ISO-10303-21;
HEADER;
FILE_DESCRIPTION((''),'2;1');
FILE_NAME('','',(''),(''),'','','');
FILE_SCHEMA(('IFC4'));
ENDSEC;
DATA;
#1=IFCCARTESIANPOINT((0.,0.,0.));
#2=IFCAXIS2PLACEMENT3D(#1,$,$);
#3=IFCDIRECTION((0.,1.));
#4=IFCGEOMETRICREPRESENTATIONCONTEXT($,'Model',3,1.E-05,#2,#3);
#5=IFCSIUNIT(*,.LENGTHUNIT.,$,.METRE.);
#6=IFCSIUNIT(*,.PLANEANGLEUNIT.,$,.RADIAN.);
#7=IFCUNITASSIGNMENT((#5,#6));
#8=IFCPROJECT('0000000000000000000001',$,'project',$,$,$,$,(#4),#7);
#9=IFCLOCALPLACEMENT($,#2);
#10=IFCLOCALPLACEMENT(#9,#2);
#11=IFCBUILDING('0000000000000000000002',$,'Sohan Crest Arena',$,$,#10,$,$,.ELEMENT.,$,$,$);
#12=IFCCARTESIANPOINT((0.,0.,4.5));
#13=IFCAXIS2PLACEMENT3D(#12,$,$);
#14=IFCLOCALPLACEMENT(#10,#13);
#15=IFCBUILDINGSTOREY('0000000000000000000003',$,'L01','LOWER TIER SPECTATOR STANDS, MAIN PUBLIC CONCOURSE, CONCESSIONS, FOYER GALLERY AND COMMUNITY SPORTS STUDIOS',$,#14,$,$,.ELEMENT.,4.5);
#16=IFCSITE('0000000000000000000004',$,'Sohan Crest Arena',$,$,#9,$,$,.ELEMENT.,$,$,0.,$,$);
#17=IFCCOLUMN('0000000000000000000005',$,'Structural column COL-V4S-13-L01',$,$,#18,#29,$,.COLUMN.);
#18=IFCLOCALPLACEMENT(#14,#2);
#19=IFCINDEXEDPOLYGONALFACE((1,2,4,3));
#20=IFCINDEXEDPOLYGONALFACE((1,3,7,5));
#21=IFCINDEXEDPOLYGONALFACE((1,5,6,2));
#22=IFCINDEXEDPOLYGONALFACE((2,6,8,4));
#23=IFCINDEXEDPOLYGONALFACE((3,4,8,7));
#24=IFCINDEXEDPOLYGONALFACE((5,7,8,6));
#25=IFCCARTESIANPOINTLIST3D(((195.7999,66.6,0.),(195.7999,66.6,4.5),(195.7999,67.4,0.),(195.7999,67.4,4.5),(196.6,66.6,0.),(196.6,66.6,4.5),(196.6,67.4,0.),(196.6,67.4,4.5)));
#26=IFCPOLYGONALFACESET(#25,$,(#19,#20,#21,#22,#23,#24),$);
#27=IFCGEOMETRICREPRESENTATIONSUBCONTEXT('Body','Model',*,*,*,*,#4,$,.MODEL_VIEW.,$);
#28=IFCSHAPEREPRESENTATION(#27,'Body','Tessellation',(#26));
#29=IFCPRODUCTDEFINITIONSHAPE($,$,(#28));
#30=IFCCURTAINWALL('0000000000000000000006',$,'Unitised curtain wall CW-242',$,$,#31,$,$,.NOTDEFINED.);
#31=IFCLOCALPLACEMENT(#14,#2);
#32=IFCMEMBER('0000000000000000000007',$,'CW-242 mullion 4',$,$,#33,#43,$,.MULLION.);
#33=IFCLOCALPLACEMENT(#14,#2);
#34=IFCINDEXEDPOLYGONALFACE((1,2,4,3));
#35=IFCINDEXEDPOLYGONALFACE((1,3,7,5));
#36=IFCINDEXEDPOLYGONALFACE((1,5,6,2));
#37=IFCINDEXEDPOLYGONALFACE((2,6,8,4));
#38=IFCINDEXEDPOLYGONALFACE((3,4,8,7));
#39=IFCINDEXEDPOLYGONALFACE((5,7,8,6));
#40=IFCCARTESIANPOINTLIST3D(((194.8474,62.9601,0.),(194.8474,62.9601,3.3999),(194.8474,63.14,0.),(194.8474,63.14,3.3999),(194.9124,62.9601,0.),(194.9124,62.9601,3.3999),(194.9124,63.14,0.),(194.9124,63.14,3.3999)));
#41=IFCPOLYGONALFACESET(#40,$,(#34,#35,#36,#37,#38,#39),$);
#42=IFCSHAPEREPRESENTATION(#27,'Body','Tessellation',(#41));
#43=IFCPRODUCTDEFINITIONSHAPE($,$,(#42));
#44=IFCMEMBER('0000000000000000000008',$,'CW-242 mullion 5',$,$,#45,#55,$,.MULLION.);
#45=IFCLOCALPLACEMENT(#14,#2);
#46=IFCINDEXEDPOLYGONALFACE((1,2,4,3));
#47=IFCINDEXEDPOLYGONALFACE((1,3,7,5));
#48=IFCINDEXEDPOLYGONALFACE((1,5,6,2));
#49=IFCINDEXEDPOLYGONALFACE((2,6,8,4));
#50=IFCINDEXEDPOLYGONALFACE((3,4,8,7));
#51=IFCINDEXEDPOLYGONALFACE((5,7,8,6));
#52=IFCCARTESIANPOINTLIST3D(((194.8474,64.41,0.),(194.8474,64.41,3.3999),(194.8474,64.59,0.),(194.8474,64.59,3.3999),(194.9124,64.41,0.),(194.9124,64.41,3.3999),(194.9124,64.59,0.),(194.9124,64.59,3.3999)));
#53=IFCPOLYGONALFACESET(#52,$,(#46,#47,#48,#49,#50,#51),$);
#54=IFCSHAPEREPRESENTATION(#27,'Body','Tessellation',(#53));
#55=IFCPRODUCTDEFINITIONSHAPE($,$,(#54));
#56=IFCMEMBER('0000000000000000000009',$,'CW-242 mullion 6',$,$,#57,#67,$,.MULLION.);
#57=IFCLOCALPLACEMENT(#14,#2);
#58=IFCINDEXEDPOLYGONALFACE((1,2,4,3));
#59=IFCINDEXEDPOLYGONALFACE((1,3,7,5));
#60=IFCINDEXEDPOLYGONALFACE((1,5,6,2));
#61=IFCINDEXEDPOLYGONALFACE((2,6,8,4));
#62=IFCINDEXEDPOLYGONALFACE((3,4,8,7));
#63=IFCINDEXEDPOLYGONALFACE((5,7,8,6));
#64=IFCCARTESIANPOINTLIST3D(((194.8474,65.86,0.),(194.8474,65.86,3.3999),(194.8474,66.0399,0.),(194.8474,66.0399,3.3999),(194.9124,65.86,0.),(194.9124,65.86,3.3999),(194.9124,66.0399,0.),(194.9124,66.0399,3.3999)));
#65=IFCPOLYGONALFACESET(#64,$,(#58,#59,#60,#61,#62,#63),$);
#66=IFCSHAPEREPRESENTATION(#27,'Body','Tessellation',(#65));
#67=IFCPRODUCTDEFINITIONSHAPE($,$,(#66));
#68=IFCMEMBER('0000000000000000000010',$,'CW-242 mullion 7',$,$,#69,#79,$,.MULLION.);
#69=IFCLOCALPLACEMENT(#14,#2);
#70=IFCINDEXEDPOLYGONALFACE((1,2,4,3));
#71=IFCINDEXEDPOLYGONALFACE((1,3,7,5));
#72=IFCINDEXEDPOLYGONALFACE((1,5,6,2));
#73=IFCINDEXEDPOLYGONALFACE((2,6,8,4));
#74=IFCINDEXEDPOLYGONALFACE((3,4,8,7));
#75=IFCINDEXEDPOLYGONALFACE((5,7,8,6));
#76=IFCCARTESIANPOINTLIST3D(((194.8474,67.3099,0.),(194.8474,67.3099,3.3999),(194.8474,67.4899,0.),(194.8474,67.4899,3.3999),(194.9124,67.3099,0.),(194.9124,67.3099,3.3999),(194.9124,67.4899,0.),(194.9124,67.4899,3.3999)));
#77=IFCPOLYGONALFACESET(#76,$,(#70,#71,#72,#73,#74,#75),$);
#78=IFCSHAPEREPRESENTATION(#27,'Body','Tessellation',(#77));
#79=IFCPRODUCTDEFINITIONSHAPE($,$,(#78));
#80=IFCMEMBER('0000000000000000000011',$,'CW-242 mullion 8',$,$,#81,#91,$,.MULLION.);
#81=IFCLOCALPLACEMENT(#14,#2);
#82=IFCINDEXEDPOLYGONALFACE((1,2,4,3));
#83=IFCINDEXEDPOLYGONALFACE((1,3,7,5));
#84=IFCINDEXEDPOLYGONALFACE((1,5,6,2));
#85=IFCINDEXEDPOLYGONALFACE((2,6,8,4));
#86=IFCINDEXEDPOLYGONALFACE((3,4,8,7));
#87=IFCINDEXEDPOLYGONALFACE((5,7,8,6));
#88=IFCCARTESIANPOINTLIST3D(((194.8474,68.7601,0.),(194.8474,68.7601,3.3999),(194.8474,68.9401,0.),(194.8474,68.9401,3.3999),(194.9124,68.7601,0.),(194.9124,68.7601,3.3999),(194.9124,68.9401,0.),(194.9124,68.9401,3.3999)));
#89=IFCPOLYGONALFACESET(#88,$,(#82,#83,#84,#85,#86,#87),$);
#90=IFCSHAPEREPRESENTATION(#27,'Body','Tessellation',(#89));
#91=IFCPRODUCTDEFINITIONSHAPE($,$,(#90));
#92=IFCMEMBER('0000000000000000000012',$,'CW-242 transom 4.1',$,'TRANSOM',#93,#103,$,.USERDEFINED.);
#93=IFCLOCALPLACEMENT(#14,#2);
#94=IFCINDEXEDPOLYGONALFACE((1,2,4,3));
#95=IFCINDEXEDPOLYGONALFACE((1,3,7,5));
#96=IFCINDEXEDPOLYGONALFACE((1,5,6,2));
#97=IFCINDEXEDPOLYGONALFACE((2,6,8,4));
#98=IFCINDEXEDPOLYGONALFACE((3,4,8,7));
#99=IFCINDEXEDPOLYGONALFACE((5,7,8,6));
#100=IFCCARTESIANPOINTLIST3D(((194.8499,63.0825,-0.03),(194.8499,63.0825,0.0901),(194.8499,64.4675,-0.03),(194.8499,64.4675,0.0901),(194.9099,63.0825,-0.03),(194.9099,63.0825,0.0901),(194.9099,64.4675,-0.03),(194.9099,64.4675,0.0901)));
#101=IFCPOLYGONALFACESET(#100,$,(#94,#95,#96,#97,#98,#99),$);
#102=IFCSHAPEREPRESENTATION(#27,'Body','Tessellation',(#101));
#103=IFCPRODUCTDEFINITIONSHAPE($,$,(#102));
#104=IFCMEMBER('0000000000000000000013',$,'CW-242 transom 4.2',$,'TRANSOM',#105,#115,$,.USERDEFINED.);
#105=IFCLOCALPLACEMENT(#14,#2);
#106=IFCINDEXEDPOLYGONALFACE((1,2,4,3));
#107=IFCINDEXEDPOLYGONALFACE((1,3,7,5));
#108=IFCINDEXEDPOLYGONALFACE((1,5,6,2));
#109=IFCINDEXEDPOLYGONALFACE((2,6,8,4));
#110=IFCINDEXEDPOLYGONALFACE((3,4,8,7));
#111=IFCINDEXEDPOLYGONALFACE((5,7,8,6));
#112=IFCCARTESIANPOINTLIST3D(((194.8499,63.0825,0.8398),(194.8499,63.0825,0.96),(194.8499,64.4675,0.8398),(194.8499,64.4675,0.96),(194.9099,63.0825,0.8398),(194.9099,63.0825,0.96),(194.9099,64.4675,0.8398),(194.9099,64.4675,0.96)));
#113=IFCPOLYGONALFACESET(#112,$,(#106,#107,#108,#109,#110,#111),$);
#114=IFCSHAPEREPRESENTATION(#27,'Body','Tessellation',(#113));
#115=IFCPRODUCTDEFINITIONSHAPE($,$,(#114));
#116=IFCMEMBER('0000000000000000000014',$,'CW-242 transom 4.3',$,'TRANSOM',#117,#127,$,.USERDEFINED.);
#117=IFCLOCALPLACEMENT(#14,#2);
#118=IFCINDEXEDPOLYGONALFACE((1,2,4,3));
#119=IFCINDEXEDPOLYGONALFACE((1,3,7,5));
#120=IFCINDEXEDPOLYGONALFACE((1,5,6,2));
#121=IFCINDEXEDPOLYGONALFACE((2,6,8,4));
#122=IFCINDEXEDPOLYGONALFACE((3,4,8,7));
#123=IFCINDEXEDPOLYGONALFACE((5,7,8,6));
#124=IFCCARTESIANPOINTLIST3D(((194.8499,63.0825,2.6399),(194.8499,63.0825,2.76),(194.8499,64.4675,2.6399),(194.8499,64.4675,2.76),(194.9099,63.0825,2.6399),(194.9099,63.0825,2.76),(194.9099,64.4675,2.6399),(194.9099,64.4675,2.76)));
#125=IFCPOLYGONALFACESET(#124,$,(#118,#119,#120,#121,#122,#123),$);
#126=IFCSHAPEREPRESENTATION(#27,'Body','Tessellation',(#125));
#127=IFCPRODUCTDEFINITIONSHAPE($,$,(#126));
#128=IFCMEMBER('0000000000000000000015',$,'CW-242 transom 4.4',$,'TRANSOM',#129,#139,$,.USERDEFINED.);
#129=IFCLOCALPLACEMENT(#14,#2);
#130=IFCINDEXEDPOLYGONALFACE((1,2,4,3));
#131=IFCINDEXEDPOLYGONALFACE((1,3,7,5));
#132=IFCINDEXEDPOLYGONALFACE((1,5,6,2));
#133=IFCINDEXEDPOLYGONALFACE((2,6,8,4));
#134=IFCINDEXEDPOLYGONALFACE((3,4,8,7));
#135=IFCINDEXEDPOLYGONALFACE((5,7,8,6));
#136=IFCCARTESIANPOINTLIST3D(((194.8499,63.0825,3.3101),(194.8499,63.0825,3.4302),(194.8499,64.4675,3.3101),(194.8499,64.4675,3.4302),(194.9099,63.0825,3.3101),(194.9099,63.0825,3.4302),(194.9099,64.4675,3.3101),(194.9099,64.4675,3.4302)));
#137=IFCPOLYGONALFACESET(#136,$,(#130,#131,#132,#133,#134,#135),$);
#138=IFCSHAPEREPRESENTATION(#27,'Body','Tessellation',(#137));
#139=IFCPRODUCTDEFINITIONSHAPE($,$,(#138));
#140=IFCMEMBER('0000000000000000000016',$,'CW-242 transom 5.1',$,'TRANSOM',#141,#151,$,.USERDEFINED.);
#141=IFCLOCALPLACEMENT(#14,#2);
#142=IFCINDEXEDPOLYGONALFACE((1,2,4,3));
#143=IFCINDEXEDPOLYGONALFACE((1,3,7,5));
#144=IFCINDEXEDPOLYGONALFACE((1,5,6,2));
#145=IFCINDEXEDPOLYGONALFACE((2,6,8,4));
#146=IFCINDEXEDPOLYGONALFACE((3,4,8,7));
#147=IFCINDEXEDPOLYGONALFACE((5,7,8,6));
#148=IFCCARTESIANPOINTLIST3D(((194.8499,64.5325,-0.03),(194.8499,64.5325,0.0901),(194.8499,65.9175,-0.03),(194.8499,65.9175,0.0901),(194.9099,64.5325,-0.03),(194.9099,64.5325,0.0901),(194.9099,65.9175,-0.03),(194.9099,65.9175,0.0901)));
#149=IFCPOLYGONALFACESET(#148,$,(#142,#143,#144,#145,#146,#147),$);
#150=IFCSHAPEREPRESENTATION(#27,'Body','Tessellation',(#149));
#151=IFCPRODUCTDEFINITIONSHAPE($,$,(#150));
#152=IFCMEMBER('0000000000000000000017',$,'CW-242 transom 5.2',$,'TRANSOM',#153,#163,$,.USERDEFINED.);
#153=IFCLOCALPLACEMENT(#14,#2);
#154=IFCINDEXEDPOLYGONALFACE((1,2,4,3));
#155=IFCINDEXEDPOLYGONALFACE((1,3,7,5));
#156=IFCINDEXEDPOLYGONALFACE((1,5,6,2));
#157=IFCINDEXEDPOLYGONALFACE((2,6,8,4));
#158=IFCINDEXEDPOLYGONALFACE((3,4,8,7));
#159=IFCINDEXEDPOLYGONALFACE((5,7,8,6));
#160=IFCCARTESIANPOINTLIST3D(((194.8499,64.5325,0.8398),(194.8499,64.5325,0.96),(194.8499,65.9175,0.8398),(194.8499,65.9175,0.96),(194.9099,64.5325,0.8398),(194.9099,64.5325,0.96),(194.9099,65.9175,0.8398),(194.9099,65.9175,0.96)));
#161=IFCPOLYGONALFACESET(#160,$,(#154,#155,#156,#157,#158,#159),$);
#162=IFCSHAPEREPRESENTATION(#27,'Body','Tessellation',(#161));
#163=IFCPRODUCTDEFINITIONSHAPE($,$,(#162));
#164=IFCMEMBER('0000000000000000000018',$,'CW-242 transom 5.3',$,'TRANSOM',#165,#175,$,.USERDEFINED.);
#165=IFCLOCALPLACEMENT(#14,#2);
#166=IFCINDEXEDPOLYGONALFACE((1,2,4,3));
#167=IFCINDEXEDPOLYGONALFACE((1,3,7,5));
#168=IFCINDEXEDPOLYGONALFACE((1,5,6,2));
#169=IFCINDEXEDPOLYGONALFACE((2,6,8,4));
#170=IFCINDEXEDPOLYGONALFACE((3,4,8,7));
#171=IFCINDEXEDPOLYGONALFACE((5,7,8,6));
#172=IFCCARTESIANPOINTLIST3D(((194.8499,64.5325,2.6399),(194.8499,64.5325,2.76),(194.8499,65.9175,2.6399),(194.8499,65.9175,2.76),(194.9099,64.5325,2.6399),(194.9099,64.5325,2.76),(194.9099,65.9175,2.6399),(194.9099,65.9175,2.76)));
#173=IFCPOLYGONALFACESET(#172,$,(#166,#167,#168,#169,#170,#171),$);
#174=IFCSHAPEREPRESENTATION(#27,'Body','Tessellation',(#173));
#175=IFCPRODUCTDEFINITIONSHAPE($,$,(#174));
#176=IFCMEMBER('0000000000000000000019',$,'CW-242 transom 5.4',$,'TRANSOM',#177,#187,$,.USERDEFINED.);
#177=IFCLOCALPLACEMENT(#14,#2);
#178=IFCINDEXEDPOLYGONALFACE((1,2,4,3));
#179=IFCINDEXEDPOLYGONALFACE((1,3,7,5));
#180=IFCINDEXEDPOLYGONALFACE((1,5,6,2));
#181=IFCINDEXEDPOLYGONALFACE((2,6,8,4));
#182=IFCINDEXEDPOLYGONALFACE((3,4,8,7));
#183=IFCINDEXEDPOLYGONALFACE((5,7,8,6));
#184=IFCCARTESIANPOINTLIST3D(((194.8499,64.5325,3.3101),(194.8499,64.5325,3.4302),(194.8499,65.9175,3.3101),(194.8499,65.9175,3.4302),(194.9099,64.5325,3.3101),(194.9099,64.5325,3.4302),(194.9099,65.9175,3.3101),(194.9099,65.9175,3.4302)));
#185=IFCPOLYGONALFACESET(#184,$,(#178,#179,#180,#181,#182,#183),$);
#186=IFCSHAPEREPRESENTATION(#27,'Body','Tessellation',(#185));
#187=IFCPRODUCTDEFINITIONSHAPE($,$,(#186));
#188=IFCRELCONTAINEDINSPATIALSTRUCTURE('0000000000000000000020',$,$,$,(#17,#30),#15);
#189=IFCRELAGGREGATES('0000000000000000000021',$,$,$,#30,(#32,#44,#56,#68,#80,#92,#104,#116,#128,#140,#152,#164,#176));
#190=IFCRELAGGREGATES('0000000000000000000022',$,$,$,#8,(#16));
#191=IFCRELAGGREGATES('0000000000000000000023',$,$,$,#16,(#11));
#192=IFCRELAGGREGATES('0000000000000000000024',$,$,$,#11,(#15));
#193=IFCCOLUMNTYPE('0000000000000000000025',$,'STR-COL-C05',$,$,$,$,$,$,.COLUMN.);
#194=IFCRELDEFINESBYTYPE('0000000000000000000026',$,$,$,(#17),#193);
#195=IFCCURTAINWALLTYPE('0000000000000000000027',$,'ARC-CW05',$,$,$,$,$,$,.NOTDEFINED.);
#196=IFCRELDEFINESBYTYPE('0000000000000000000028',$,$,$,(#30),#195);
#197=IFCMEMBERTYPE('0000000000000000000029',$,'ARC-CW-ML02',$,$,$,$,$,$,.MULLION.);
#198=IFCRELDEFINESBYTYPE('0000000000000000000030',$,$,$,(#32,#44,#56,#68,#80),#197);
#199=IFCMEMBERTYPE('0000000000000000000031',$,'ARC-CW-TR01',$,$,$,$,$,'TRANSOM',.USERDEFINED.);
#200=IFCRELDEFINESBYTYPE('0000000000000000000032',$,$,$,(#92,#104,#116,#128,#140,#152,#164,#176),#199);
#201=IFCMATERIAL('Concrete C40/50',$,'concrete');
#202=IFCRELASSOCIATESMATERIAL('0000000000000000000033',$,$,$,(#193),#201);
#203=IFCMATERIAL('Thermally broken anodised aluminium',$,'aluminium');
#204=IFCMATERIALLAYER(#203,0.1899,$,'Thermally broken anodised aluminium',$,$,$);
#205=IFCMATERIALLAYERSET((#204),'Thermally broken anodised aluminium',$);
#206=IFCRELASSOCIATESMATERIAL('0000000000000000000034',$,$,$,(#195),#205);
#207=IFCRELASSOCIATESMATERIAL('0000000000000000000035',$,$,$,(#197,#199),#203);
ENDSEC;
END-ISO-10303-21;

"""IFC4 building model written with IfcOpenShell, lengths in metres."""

from ifc_helpers import new_model, si_unit, direction, frame, origin, origin_2d, place, context, subcontext, project, spatial, rectangle, extrude, material, layer, layer_set, material_profile, profile_set, type_object, element, aggregate, save


model = new_model("IFC4")

# Units and contexts
model_context = context("Model", 3, precision=1e-05, world=origin(), true_north=direction((0.0, 1.0)))
body_context = subcontext(model_context, "Body", "Model", "MODEL_VIEW")
ifc_project = project(units=[si_unit("LENGTHUNIT", "METRE"), si_unit("PLANEANGLEUNIT", "RADIAN")], contexts=[model_context])

# Site, building, storey
site_placement = place(None, origin())
site = spatial("IfcSite", under=ifc_project, at=site_placement, Name="Sohan Crest Arena", CompositionType="ELEMENT", RefElevation=0.0)
building_placement = place(site_placement, origin())
building = spatial("IfcBuilding", under=site, at=building_placement, Name="Sohan Crest Arena", CompositionType="ELEMENT")
storey_placement = place(building_placement, frame((0.0, 0.0, 4.5)))
storey = spatial("IfcBuildingStorey", under=building, at=storey_placement, Name="L01", Description="LOWER TIER SPECTATOR STANDS, MAIN PUBLIC CONCOURSE, CONCESSIONS, FOYER GALLERY AND COMMUNITY SPORTS STUDIOS", CompositionType="ELEMENT", Elevation=4.5)

# Column
ifc_material_1 = material(Name="Concrete C40/50", Category="concrete")
ifc_material_profile_1 = material_profile(ifc_material_1, rectangle(XDim=0.8, YDim=0.8, at=origin_2d()), Name="RC 800x800")
ifc_profile_set_1 = profile_set([ifc_material_profile_1], Name="Concrete C40/50")
column_type = type_object("IfcColumnType", Name="STR-COL-C05", PredefinedType="COLUMN", material=ifc_profile_set_1)
column_placement = place(storey_placement, frame((196.2, 67.0, 0.0), z_axis=(0.0, 0.0, 1.0), x_axis=(1.0, 0.0, 0.0)))
element("IfcColumn", 1, at=column_placement, inside=storey, type_object=column_type, Name="Structural column COL-V4S-13-L01", PredefinedType="COLUMN", context=body_context, shape_type="SweptSolid", body=[
    extrude(rectangle(XDim=0.8, YDim=0.8, at=origin_2d()), origin(), (0.0, 0.0, 1.0), 4.5),
])

# Curtain wall, members
ifc_material_2 = material(Name="Thermally broken anodised aluminium", Category="aluminium")
ifc_layer_1 = layer(ifc_material_2, 0.1899, Name="Thermally broken anodised aluminium")
ifc_layer_set_1 = layer_set([ifc_layer_1], Name="Thermally broken anodised aluminium")
curtain_wall_type = type_object("IfcCurtainWallType", Name="ARC-CW05", PredefinedType="NOTDEFINED", material=ifc_layer_set_1)
curtain_wall_placement = place(storey_placement, origin())
curtain_wall = element("IfcCurtainWall", 2, at=curtain_wall_placement, inside=storey, type_object=curtain_wall_type, Name="Unitised curtain wall CW-242", PredefinedType="NOTDEFINED")
ifc_material_profile_2 = material_profile(ifc_material_2, rectangle(XDim=0.0649, YDim=0.1799, at=origin_2d()), Name="ALU-MULL 65x180")
ifc_profile_set_2 = profile_set([ifc_material_profile_2], Name="Thermally broken anodised aluminium")
member_type_1 = type_object("IfcMemberType", Name="ARC-CW-ML02", PredefinedType="MULLION", material=ifc_profile_set_2)
member_1_placement = place(storey_placement, frame((194.8799, 63.05, 0.0), z_axis=(0.0, 0.0, 1.0), x_axis=(-1.0, 0.0, 0.0)))
member_1 = element("IfcMember", 3, at=member_1_placement, type_object=member_type_1, Name="CW-242 mullion 4", PredefinedType="MULLION", context=body_context, shape_type="SweptSolid", body=[
    extrude(rectangle(XDim=0.0649, YDim=0.1799, at=origin_2d()), origin(), (0.0, 0.0, 1.0), 3.3999),
])
member_2_placement = place(storey_placement, frame((194.8799, 64.5, 0.0), z_axis=(0.0, 0.0, 1.0), x_axis=(-1.0, 0.0, 0.0)))
member_2 = element("IfcMember", 4, at=member_2_placement, type_object=member_type_1, Name="CW-242 mullion 5", PredefinedType="MULLION", context=body_context, shape_type="SweptSolid", body=[
    extrude(rectangle(XDim=0.0649, YDim=0.1799, at=origin_2d()), origin(), (0.0, 0.0, 1.0), 3.3999),
])
member_3_placement = place(storey_placement, frame((194.8799, 65.95, 0.0), z_axis=(0.0, 0.0, 1.0), x_axis=(-1.0, 0.0, 0.0)))
member_3 = element("IfcMember", 5, at=member_3_placement, type_object=member_type_1, Name="CW-242 mullion 6", PredefinedType="MULLION", context=body_context, shape_type="SweptSolid", body=[
    extrude(rectangle(XDim=0.0649, YDim=0.1799, at=origin_2d()), origin(), (0.0, 0.0, 1.0), 3.3999),
])
member_4_placement = place(storey_placement, frame((194.8799, 67.3999, 0.0), z_axis=(0.0, 0.0, 1.0), x_axis=(-1.0, 0.0, 0.0)))
member_4 = element("IfcMember", 6, at=member_4_placement, type_object=member_type_1, Name="CW-242 mullion 7", PredefinedType="MULLION", context=body_context, shape_type="SweptSolid", body=[
    extrude(rectangle(XDim=0.0649, YDim=0.1799, at=origin_2d()), origin(), (0.0, 0.0, 1.0), 3.3999),
])
member_5_placement = place(storey_placement, frame((194.8799, 68.8501, 0.0), z_axis=(0.0, 0.0, 1.0), x_axis=(-1.0, 0.0, 0.0)))
member_5 = element("IfcMember", 7, at=member_5_placement, type_object=member_type_1, Name="CW-242 mullion 8", PredefinedType="MULLION", context=body_context, shape_type="SweptSolid", body=[
    extrude(rectangle(XDim=0.0649, YDim=0.1799, at=origin_2d()), origin(), (0.0, 0.0, 1.0), 3.3999),
])
ifc_material_profile_3 = material_profile(ifc_material_2, rectangle(XDim=0.0601, YDim=0.1201, at=origin_2d()), Name="ALU-TRAN 60x120")
ifc_profile_set_3 = profile_set([ifc_material_profile_3], Name="Thermally broken anodised aluminium")
member_type_2 = type_object("IfcMemberType", Name="ARC-CW-TR01", ElementType="TRANSOM", PredefinedType="USERDEFINED", material=ifc_profile_set_3)
member_6_placement = place(storey_placement, frame((194.8799, 63.0825, 0.03), z_axis=(0.0, 1.0, 0.0), x_axis=(-1.0, 0.0, 0.0)))
member_6 = element("IfcMember", 8, at=member_6_placement, type_object=member_type_2, Name="CW-242 transom 4.1", ObjectType="TRANSOM", PredefinedType="USERDEFINED", context=body_context, shape_type="SweptSolid", body=[
    extrude(rectangle(XDim=0.0601, YDim=0.1201, at=origin_2d()), origin(), (0.0, 0.0, 1.0), 1.385),
])
member_7_placement = place(storey_placement, frame((194.8799, 63.0825, 0.8999), z_axis=(0.0, 1.0, 0.0), x_axis=(-1.0, 0.0, 0.0)))
member_7 = element("IfcMember", 9, at=member_7_placement, type_object=member_type_2, Name="CW-242 transom 4.2", ObjectType="TRANSOM", PredefinedType="USERDEFINED", context=body_context, shape_type="SweptSolid", body=[
    extrude(rectangle(XDim=0.0601, YDim=0.1201, at=origin_2d()), origin(), (0.0, 0.0, 1.0), 1.385),
])
member_8_placement = place(storey_placement, frame((194.8799, 63.0825, 2.7), z_axis=(0.0, 1.0, 0.0), x_axis=(-1.0, 0.0, 0.0)))
member_8 = element("IfcMember", 10, at=member_8_placement, type_object=member_type_2, Name="CW-242 transom 4.3", ObjectType="TRANSOM", PredefinedType="USERDEFINED", context=body_context, shape_type="SweptSolid", body=[
    extrude(rectangle(XDim=0.0601, YDim=0.1201, at=origin_2d()), origin(), (0.0, 0.0, 1.0), 1.385),
])
member_9_placement = place(storey_placement, frame((194.8799, 63.0825, 3.3701), z_axis=(0.0, 1.0, 0.0), x_axis=(-1.0, 0.0, 0.0)))
member_9 = element("IfcMember", 11, at=member_9_placement, type_object=member_type_2, Name="CW-242 transom 4.4", ObjectType="TRANSOM", PredefinedType="USERDEFINED", context=body_context, shape_type="SweptSolid", body=[
    extrude(rectangle(XDim=0.0601, YDim=0.1201, at=origin_2d()), origin(), (0.0, 0.0, 1.0), 1.385),
])
member_10_placement = place(storey_placement, frame((194.8799, 64.5325, 0.03), z_axis=(0.0, 1.0, 0.0), x_axis=(-1.0, 0.0, 0.0)))
member_10 = element("IfcMember", 12, at=member_10_placement, type_object=member_type_2, Name="CW-242 transom 5.1", ObjectType="TRANSOM", PredefinedType="USERDEFINED", context=body_context, shape_type="SweptSolid", body=[
    extrude(rectangle(XDim=0.0601, YDim=0.1201, at=origin_2d()), origin(), (0.0, 0.0, 1.0), 1.385),
])
member_11_placement = place(storey_placement, frame((194.8799, 64.5325, 0.8999), z_axis=(0.0, 1.0, 0.0), x_axis=(-1.0, 0.0, 0.0)))
member_11 = element("IfcMember", 13, at=member_11_placement, type_object=member_type_2, Name="CW-242 transom 5.2", ObjectType="TRANSOM", PredefinedType="USERDEFINED", context=body_context, shape_type="SweptSolid", body=[
    extrude(rectangle(XDim=0.0601, YDim=0.1201, at=origin_2d()), origin(), (0.0, 0.0, 1.0), 1.385),
])
member_12_placement = place(storey_placement, frame((194.8799, 64.5325, 2.7), z_axis=(0.0, 1.0, 0.0), x_axis=(-1.0, 0.0, 0.0)))
member_12 = element("IfcMember", 14, at=member_12_placement, type_object=member_type_2, Name="CW-242 transom 5.3", ObjectType="TRANSOM", PredefinedType="USERDEFINED", context=body_context, shape_type="SweptSolid", body=[
    extrude(rectangle(XDim=0.0601, YDim=0.1201, at=origin_2d()), origin(), (0.0, 0.0, 1.0), 1.385),
])
member_13_placement = place(storey_placement, frame((194.8799, 64.5325, 3.3701), z_axis=(0.0, 1.0, 0.0), x_axis=(-1.0, 0.0, 0.0)))
member_13 = element("IfcMember", 15, at=member_13_placement, type_object=member_type_2, Name="CW-242 transom 5.4", ObjectType="TRANSOM", PredefinedType="USERDEFINED", context=body_context, shape_type="SweptSolid", body=[
    extrude(rectangle(XDim=0.0601, YDim=0.1201, at=origin_2d()), origin(), (0.0, 0.0, 1.0), 1.385),
])

aggregate(curtain_wall, [member_1, member_2, member_3, member_4, member_5, member_6, member_7, member_8, member_9, member_10, member_11, member_12, member_13])

save(model, "model.ifc")
